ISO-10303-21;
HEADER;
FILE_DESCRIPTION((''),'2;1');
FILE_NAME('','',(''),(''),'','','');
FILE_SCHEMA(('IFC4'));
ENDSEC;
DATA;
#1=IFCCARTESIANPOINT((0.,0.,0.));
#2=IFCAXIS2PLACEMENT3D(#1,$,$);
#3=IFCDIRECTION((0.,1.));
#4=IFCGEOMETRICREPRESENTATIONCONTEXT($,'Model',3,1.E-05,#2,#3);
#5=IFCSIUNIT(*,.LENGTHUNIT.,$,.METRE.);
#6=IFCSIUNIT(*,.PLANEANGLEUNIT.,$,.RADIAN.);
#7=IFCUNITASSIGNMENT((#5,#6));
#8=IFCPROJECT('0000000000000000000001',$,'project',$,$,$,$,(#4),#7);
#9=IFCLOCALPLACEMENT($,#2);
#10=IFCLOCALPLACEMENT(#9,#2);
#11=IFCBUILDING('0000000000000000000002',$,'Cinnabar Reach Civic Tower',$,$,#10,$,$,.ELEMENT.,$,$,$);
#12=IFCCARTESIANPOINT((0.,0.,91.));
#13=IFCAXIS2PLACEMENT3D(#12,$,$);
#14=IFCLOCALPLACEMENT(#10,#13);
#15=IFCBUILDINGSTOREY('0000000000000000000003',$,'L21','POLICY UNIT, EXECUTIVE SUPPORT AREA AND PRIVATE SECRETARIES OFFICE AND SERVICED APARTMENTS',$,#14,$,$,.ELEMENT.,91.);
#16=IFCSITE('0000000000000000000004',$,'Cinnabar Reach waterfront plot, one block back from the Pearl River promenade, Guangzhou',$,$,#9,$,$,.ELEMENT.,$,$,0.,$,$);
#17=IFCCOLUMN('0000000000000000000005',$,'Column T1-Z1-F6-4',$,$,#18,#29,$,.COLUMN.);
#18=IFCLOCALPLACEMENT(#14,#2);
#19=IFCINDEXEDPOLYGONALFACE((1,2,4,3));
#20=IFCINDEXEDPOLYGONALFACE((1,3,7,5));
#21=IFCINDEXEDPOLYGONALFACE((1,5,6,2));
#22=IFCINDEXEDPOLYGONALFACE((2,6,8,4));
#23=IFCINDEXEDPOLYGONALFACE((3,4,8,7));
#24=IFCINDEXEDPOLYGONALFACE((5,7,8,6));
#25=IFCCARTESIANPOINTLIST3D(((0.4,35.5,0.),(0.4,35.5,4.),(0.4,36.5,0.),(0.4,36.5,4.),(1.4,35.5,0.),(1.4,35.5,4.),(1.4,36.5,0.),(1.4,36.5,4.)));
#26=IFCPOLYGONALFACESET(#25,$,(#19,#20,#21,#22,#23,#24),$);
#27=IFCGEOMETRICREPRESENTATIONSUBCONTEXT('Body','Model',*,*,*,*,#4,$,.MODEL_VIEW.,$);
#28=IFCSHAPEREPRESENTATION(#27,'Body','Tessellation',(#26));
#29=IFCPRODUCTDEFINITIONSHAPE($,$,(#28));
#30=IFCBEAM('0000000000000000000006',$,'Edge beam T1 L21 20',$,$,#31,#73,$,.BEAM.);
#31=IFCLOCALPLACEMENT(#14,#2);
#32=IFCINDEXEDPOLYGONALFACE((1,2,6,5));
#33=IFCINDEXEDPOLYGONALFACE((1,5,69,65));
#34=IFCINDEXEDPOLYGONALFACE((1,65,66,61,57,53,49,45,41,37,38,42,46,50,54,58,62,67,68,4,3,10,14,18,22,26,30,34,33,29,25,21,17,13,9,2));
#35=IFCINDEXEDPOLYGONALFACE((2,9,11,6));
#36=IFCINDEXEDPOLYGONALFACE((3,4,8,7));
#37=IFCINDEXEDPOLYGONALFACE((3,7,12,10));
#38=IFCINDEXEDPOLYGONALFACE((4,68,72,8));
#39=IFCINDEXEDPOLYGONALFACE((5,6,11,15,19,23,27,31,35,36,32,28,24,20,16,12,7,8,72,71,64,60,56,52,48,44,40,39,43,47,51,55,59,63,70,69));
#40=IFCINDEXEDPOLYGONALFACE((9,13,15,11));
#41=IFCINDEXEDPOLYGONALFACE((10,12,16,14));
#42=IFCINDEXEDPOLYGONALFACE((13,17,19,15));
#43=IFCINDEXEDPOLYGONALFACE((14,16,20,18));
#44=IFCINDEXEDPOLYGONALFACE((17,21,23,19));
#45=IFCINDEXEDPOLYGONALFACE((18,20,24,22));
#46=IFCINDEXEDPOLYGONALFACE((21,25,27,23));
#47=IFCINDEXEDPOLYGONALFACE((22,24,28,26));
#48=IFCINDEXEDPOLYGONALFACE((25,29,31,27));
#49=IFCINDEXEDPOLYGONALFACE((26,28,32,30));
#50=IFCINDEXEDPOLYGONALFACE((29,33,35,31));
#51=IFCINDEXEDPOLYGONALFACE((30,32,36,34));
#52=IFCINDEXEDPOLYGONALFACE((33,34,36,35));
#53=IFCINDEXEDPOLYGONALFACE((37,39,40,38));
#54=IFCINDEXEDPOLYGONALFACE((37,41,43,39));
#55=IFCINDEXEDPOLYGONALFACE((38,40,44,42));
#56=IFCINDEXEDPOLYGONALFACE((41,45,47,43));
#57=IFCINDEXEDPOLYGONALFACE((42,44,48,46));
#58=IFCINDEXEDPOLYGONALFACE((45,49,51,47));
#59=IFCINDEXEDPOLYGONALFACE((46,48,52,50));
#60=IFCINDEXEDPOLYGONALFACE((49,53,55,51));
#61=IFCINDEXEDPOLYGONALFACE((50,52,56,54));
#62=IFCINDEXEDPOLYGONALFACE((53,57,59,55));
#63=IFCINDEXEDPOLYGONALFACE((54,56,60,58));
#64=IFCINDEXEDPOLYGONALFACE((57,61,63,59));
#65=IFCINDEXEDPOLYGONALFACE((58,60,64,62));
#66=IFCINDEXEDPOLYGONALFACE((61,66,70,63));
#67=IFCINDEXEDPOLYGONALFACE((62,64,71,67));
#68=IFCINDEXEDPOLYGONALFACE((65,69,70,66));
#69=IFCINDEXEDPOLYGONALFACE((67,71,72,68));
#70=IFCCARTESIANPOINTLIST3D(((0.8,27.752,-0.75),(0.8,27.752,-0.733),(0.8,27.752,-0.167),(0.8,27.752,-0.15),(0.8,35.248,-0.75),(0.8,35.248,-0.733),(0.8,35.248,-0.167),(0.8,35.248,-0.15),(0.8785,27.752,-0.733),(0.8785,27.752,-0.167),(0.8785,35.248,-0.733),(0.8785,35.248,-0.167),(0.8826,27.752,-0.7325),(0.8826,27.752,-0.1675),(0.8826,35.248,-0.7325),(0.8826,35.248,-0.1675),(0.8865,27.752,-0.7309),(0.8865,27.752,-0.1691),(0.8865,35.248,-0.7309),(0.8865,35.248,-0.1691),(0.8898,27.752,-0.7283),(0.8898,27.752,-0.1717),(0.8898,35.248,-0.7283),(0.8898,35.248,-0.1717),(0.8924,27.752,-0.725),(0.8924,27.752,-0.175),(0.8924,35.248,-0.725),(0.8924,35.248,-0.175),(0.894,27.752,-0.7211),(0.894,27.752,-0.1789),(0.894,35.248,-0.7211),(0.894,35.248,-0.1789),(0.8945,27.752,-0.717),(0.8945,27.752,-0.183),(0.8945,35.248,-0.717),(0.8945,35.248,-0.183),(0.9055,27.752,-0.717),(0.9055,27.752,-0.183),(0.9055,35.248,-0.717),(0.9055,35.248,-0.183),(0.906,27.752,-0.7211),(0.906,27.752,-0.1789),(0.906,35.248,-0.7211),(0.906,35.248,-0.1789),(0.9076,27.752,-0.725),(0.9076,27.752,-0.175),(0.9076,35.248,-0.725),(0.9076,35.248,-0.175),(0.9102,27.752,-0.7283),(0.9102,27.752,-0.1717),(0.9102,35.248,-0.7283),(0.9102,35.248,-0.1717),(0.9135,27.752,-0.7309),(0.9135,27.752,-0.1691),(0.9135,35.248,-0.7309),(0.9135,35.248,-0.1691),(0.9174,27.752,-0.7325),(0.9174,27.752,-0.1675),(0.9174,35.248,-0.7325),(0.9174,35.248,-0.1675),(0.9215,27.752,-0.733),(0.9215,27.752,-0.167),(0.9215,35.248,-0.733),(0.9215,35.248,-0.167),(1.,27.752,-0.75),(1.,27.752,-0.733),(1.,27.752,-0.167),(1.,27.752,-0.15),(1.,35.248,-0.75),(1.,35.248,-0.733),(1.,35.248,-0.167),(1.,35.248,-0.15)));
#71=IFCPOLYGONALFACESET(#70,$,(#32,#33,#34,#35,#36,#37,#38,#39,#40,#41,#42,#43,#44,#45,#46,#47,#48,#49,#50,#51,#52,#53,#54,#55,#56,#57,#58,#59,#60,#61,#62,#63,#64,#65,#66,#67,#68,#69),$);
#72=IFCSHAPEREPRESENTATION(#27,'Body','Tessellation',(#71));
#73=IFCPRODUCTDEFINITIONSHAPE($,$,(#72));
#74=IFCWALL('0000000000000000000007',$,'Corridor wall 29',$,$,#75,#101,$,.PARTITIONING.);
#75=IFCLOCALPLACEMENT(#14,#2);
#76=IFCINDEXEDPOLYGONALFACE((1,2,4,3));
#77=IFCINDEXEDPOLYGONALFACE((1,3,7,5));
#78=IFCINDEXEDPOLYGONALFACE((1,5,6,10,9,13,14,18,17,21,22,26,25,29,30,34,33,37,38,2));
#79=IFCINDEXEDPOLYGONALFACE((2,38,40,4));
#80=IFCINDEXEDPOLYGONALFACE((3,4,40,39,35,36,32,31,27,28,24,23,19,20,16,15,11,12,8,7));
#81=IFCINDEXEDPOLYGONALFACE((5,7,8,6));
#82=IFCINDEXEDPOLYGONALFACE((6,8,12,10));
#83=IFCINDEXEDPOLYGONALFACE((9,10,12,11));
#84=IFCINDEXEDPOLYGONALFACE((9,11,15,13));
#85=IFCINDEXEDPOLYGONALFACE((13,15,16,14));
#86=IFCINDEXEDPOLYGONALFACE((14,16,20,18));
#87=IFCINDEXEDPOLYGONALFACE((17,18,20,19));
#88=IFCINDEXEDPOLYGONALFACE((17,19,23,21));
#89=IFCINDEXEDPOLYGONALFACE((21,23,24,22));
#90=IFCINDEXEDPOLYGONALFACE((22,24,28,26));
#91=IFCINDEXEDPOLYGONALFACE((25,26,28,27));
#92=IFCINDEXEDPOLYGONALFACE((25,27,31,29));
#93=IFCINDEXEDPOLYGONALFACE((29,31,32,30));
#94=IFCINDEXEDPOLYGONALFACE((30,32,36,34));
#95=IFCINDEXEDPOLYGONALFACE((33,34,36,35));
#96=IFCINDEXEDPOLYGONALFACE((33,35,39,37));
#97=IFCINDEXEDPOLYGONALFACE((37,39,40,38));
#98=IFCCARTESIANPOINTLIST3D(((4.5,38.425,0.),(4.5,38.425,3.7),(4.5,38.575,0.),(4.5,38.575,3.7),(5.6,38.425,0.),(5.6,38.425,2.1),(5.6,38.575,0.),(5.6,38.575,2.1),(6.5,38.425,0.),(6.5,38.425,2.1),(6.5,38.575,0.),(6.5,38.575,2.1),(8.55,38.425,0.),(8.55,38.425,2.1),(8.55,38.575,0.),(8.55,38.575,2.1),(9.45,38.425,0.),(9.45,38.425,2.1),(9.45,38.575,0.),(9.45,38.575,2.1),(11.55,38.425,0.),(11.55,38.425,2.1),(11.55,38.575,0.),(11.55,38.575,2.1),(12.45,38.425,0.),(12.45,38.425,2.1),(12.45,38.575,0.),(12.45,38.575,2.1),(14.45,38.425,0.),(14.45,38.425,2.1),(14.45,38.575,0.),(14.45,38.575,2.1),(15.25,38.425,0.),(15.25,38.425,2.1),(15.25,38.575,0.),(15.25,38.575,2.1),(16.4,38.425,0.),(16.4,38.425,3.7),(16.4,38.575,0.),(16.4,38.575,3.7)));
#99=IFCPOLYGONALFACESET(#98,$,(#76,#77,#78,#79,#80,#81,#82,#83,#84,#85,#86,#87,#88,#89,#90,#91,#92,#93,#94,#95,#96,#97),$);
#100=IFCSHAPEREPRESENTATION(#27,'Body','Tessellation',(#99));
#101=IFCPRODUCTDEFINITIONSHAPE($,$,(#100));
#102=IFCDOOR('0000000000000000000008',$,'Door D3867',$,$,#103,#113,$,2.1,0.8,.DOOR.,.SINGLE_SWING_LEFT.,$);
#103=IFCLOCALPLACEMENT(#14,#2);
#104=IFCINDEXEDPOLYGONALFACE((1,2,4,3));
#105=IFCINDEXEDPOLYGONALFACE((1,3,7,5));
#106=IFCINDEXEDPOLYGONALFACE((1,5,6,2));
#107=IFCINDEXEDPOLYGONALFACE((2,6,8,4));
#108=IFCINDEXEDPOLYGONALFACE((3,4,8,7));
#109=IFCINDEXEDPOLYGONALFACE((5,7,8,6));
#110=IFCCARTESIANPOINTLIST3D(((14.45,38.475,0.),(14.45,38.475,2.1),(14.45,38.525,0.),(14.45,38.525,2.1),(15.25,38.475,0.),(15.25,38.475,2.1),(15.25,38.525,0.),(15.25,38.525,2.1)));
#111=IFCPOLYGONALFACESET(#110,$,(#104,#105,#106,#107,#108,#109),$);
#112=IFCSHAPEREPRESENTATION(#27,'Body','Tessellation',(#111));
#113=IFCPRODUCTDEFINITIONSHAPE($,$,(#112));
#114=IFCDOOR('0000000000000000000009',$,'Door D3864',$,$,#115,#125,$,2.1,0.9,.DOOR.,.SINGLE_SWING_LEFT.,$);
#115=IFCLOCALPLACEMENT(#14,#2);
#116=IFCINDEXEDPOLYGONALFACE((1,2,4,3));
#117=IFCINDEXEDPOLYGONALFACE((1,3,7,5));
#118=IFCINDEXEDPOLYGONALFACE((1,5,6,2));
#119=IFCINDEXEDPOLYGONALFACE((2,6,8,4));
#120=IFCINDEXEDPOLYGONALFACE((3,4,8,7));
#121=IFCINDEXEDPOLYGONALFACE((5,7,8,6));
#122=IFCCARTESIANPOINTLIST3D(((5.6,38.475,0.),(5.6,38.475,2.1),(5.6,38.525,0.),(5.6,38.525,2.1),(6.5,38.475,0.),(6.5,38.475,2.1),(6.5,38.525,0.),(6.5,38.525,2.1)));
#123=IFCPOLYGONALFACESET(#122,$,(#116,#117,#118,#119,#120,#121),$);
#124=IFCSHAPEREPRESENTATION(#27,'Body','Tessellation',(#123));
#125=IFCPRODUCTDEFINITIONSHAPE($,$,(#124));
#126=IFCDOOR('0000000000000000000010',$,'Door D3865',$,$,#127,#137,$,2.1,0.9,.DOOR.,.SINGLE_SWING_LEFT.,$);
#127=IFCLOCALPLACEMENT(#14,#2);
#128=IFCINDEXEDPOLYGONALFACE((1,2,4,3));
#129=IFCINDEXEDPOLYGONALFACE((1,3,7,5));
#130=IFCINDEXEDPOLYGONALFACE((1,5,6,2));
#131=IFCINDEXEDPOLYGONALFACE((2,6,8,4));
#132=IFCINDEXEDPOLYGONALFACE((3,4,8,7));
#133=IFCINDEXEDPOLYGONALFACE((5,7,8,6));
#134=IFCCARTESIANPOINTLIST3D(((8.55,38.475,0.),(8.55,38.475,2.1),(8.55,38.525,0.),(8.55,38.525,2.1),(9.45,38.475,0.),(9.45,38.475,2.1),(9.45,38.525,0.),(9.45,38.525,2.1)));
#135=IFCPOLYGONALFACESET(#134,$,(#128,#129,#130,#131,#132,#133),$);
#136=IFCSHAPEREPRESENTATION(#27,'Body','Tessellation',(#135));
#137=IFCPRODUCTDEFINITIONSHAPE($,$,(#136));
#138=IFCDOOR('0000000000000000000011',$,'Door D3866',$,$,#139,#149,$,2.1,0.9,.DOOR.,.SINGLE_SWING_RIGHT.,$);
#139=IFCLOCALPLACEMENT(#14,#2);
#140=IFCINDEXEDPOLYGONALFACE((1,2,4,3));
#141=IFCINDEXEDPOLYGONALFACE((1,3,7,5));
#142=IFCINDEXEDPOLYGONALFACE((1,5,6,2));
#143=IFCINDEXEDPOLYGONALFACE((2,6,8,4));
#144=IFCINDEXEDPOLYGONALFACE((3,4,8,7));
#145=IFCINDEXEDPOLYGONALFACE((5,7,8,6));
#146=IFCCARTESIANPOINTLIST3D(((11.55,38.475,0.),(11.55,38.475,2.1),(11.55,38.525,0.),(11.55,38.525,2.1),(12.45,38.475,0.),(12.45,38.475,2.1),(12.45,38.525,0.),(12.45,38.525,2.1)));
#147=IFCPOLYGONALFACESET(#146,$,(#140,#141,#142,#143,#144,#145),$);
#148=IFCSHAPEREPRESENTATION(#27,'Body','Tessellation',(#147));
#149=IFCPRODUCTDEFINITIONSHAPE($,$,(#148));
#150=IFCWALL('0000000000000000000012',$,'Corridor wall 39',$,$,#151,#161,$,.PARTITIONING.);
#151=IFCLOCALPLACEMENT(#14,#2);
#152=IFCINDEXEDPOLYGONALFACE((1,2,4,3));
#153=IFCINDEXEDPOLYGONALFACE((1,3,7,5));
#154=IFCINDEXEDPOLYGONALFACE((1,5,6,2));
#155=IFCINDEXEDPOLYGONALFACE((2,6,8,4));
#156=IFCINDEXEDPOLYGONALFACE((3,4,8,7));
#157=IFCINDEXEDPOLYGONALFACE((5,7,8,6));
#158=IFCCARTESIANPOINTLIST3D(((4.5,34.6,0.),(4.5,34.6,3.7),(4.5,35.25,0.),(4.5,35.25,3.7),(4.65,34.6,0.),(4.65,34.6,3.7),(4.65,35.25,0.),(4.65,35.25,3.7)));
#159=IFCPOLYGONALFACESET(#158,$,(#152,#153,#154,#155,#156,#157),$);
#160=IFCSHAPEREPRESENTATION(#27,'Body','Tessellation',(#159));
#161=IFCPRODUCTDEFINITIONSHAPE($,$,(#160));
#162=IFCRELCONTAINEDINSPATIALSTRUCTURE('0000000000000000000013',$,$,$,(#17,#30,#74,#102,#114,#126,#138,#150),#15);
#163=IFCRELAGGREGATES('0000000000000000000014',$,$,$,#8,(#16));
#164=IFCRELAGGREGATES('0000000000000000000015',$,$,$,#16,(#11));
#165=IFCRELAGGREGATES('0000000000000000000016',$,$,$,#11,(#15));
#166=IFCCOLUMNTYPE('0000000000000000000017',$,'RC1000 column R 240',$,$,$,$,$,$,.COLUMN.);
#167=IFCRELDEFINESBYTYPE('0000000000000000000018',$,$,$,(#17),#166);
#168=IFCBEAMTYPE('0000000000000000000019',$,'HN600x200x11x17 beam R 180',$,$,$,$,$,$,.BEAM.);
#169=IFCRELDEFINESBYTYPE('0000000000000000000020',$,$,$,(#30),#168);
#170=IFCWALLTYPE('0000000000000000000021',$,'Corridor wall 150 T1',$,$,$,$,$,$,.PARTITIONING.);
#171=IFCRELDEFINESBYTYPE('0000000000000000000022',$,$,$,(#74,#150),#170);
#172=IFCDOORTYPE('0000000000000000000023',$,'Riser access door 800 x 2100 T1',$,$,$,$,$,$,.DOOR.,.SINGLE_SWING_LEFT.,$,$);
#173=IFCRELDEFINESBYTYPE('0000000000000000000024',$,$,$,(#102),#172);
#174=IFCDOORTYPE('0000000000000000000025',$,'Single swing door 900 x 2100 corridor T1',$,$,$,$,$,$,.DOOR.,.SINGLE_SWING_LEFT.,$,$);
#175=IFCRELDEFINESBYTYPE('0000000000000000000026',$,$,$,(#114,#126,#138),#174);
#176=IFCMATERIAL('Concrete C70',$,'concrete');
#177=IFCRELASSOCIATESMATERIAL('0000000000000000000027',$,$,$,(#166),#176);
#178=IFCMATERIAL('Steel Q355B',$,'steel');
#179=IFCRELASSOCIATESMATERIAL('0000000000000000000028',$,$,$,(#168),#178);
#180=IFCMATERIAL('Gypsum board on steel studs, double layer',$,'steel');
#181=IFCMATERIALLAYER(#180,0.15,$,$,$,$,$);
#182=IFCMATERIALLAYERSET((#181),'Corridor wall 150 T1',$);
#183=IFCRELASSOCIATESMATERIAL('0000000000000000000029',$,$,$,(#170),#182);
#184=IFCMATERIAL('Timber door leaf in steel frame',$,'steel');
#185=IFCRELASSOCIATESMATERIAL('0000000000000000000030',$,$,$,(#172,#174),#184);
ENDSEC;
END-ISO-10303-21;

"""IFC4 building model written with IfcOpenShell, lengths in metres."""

from ifc_helpers import new_model, si_unit, direction, frame, frame_2d, origin, origin_2d, place, context, subcontext, project, spatial, rectangle, i_section, extrude, material, layer, layer_set, material_profile, profile_set, type_object, element, fill, save


model = new_model("IFC4")

# Units and contexts
model_context = context("Model", 3, precision=1e-05, world=origin(), true_north=direction((0.0, 1.0)))
body_context = subcontext(model_context, "Body", "Model", "MODEL_VIEW")
ifc_project = project(units=[si_unit("LENGTHUNIT", "METRE"), si_unit("PLANEANGLEUNIT", "RADIAN")], contexts=[model_context])

# Site, building, storey
site_placement = place(None, origin())
site = spatial("IfcSite", under=ifc_project, at=site_placement, Name="Cinnabar Reach waterfront plot, one block back from the Pearl River promenade, Guangzhou", CompositionType="ELEMENT", RefElevation=0.0)
building_placement = place(site_placement, origin())
building = spatial("IfcBuilding", under=site, at=building_placement, Name="Cinnabar Reach Civic Tower", CompositionType="ELEMENT")
storey_placement = place(building_placement, frame((0.0, 0.0, 91.0)))
storey = spatial("IfcBuildingStorey", under=building, at=storey_placement, Name="L21", Description="POLICY UNIT, EXECUTIVE SUPPORT AREA AND PRIVATE SECRETARIES OFFICE AND SERVICED APARTMENTS", CompositionType="ELEMENT", Elevation=91.0)

# Column
ifc_material_1 = material(Name="Concrete C70", Category="concrete")
ifc_material_profile_1 = material_profile(ifc_material_1, rectangle(XDim=1.0, YDim=1.0, at=origin_2d()), Name="RC1000")
ifc_profile_set_1 = profile_set([ifc_material_profile_1], Name="Concrete C70")
column_type = type_object("IfcColumnType", Name="RC1000 column R 240", PredefinedType="COLUMN", material=ifc_profile_set_1)
column_placement = place(storey_placement, frame((0.9, 36.0, 0.0), z_axis=(0.0, 0.0, 1.0), x_axis=(1.0, 0.0, 0.0)))
element("IfcColumn", 1, at=column_placement, inside=storey, type_object=column_type, Name="Column T1-Z1-F6-4", PredefinedType="COLUMN", context=body_context, shape_type="SweptSolid", body=[
    extrude(rectangle(XDim=1.0, YDim=1.0, at=origin_2d()), origin(), (0.0, 0.0, 1.0), 4.0),
])

# Beam
ifc_material_2 = material(Name="Steel Q355B", Category="steel")
ifc_material_profile_2 = material_profile(ifc_material_2, i_section(OverallWidth=0.2, OverallDepth=0.6, WebThickness=0.011, FlangeThickness=0.017, FilletRadius=0.016, at=origin_2d()), Name="HN600x200x11x17")
ifc_profile_set_2 = profile_set([ifc_material_profile_2], Name="Steel Q355B")
beam_type = type_object("IfcBeamType", Name="HN600x200x11x17 beam R 180", PredefinedType="BEAM", material=ifc_profile_set_2)
beam_placement = place(storey_placement, frame((0.9, 35.248, -0.45), z_axis=(0.0, -1.0, 0.0), x_axis=(1.0, 0.0, 0.0)))
element("IfcBeam", 2, at=beam_placement, inside=storey, type_object=beam_type, Name="Edge beam T1 L21 20", PredefinedType="BEAM", context=body_context, shape_type="SweptSolid", body=[
    extrude(i_section(OverallWidth=0.2, OverallDepth=0.6, WebThickness=0.011, FlangeThickness=0.017, FilletRadius=0.016, at=origin_2d()), origin(), (0.0, 0.0, 1.0), 7.496),
])

# Wall, openings, doors
ifc_material_3 = material(Name="Gypsum board on steel studs, double layer", Category="steel")
ifc_layer_1 = layer(ifc_material_3, 0.15)
ifc_layer_set_1 = layer_set([ifc_layer_1], Name="Corridor wall 150 T1")
wall_type_1 = type_object("IfcWallType", Name="Corridor wall 150 T1", PredefinedType="PARTITIONING", material=ifc_layer_set_1)
wall_1_placement = place(storey_placement, frame((4.5, 38.5, 0.0), z_axis=(0.0, 0.0, 1.0), x_axis=(1.0, 0.0, 0.0)))
wall_1 = element("IfcWall", 3, at=wall_1_placement, inside=storey, type_object=wall_type_1, Name="Corridor wall 29", PredefinedType="PARTITIONING", context=body_context, shape_type="SweptSolid", body=[
    extrude(rectangle(XDim=11.9, YDim=0.15, at=frame_2d((5.95, 0.0))), origin(), (0.0, 0.0, 1.0), 3.7),
])
opening_1_placement = place(wall_1_placement, frame((1.1, 0.0, 0.0)))
opening_1 = element("IfcOpeningElement", 4, at=opening_1_placement, cuts=wall_1, PredefinedType="OPENING", context=body_context, shape_type="SweptSolid", body=[
    extrude(rectangle(XDim=0.9, YDim=2.1, at=frame_2d((0.45, 1.05))), frame((0.0, 0.085, 0.0), z_axis=(0.0, -1.0, 0.0), x_axis=(1.0, 0.0, 0.0)), (0.0, 0.0, 1.0), 0.17),
])
opening_2_placement = place(wall_1_placement, frame((4.05, 0.0, 0.0)))
opening_2 = element("IfcOpeningElement", 5, at=opening_2_placement, cuts=wall_1, PredefinedType="OPENING", context=body_context, shape_type="SweptSolid", body=[
    extrude(rectangle(XDim=0.9, YDim=2.1, at=frame_2d((0.45, 1.05))), frame((0.0, 0.085, 0.0), z_axis=(0.0, -1.0, 0.0), x_axis=(1.0, 0.0, 0.0)), (0.0, 0.0, 1.0), 0.17),
])
opening_3_placement = place(wall_1_placement, frame((7.05, 0.0, 0.0)))
opening_3 = element("IfcOpeningElement", 6, at=opening_3_placement, cuts=wall_1, PredefinedType="OPENING", context=body_context, shape_type="SweptSolid", body=[
    extrude(rectangle(XDim=0.9, YDim=2.1, at=frame_2d((0.45, 1.05))), frame((0.0, 0.085, 0.0), z_axis=(0.0, -1.0, 0.0), x_axis=(1.0, 0.0, 0.0)), (0.0, 0.0, 1.0), 0.17),
])
opening_4_placement = place(wall_1_placement, frame((9.95, 0.0, 0.0)))
opening_4 = element("IfcOpeningElement", 7, at=opening_4_placement, cuts=wall_1, PredefinedType="OPENING", context=body_context, shape_type="SweptSolid", body=[
    extrude(rectangle(XDim=0.8, YDim=2.1, at=frame_2d((0.4, 1.05))), frame((0.0, 0.085, 0.0), z_axis=(0.0, -1.0, 0.0), x_axis=(1.0, 0.0, 0.0)), (0.0, 0.0, 1.0), 0.17),
])
ifc_material_4 = material(Name="Timber door leaf in steel frame", Category="steel")
door_type_1 = type_object("IfcDoorType", Name="Riser access door 800 x 2100 T1", OperationType="SINGLE_SWING_LEFT", PredefinedType="DOOR", material=ifc_material_4)
door_1_placement = place(opening_4_placement, origin())
door_1 = element("IfcDoor", 8, at=door_1_placement, inside=storey, type_object=door_type_1, Name="Door D3867", OperationType="SINGLE_SWING_LEFT", OverallHeight=2.1, OverallWidth=0.8, PredefinedType="DOOR", context=body_context, shape_type="SweptSolid", body=[
    extrude(rectangle(XDim=0.8, YDim=2.1, at=frame_2d((0.4, 1.05))), frame((0.0, 0.025, 0.0), z_axis=(0.0, -1.0, 0.0), x_axis=(1.0, 0.0, 0.0)), (0.0, 0.0, 1.0), 0.05),
])
fill(opening_4, door_1)
door_type_2 = type_object("IfcDoorType", Name="Single swing door 900 x 2100 corridor T1", OperationType="SINGLE_SWING_LEFT", PredefinedType="DOOR", material=ifc_material_4)
door_2_placement = place(opening_1_placement, origin())
door_2 = element("IfcDoor", 9, at=door_2_placement, inside=storey, type_object=door_type_2, Name="Door D3864", OperationType="SINGLE_SWING_LEFT", OverallHeight=2.1, OverallWidth=0.9, PredefinedType="DOOR", context=body_context, shape_type="SweptSolid", body=[
    extrude(rectangle(XDim=0.9, YDim=2.1, at=frame_2d((0.45, 1.05))), frame((0.0, 0.025, 0.0), z_axis=(0.0, -1.0, 0.0), x_axis=(1.0, 0.0, 0.0)), (0.0, 0.0, 1.0), 0.05),
])
fill(opening_1, door_2)
door_3_placement = place(opening_2_placement, origin())
door_3 = element("IfcDoor", 10, at=door_3_placement, inside=storey, type_object=door_type_2, Name="Door D3865", OperationType="SINGLE_SWING_LEFT", OverallHeight=2.1, OverallWidth=0.9, PredefinedType="DOOR", context=body_context, shape_type="SweptSolid", body=[
    extrude(rectangle(XDim=0.9, YDim=2.1, at=frame_2d((0.45, 1.05))), frame((0.0, 0.025, 0.0), z_axis=(0.0, -1.0, 0.0), x_axis=(1.0, 0.0, 0.0)), (0.0, 0.0, 1.0), 0.05),
])
fill(opening_2, door_3)
door_4_placement = place(opening_3_placement, origin())
door_4 = element("IfcDoor", 11, at=door_4_placement, inside=storey, type_object=door_type_2, Name="Door D3866", OperationType="SINGLE_SWING_RIGHT", OverallHeight=2.1, OverallWidth=0.9, PredefinedType="DOOR", context=body_context, shape_type="SweptSolid", body=[
    extrude(rectangle(XDim=0.9, YDim=2.1, at=frame_2d((0.45, 1.05))), frame((0.0, 0.025, 0.0), z_axis=(0.0, -1.0, 0.0), x_axis=(1.0, 0.0, 0.0)), (0.0, 0.0, 1.0), 0.05),
])
fill(opening_3, door_4)

# Wall
wall_2_placement = place(storey_placement, frame((4.575, 34.6, 0.0), z_axis=(0.0, 0.0, 1.0), x_axis=(0.0, 1.0, 0.0)))
element("IfcWall", 12, at=wall_2_placement, inside=storey, type_object=wall_type_1, Name="Corridor wall 39", PredefinedType="PARTITIONING", context=body_context, shape_type="SweptSolid", body=[
    extrude(rectangle(XDim=0.65, YDim=0.15, at=frame_2d((0.325, 0.0))), origin(), (0.0, 0.0, 1.0), 3.7),
])

save(model, "model.ifc")
